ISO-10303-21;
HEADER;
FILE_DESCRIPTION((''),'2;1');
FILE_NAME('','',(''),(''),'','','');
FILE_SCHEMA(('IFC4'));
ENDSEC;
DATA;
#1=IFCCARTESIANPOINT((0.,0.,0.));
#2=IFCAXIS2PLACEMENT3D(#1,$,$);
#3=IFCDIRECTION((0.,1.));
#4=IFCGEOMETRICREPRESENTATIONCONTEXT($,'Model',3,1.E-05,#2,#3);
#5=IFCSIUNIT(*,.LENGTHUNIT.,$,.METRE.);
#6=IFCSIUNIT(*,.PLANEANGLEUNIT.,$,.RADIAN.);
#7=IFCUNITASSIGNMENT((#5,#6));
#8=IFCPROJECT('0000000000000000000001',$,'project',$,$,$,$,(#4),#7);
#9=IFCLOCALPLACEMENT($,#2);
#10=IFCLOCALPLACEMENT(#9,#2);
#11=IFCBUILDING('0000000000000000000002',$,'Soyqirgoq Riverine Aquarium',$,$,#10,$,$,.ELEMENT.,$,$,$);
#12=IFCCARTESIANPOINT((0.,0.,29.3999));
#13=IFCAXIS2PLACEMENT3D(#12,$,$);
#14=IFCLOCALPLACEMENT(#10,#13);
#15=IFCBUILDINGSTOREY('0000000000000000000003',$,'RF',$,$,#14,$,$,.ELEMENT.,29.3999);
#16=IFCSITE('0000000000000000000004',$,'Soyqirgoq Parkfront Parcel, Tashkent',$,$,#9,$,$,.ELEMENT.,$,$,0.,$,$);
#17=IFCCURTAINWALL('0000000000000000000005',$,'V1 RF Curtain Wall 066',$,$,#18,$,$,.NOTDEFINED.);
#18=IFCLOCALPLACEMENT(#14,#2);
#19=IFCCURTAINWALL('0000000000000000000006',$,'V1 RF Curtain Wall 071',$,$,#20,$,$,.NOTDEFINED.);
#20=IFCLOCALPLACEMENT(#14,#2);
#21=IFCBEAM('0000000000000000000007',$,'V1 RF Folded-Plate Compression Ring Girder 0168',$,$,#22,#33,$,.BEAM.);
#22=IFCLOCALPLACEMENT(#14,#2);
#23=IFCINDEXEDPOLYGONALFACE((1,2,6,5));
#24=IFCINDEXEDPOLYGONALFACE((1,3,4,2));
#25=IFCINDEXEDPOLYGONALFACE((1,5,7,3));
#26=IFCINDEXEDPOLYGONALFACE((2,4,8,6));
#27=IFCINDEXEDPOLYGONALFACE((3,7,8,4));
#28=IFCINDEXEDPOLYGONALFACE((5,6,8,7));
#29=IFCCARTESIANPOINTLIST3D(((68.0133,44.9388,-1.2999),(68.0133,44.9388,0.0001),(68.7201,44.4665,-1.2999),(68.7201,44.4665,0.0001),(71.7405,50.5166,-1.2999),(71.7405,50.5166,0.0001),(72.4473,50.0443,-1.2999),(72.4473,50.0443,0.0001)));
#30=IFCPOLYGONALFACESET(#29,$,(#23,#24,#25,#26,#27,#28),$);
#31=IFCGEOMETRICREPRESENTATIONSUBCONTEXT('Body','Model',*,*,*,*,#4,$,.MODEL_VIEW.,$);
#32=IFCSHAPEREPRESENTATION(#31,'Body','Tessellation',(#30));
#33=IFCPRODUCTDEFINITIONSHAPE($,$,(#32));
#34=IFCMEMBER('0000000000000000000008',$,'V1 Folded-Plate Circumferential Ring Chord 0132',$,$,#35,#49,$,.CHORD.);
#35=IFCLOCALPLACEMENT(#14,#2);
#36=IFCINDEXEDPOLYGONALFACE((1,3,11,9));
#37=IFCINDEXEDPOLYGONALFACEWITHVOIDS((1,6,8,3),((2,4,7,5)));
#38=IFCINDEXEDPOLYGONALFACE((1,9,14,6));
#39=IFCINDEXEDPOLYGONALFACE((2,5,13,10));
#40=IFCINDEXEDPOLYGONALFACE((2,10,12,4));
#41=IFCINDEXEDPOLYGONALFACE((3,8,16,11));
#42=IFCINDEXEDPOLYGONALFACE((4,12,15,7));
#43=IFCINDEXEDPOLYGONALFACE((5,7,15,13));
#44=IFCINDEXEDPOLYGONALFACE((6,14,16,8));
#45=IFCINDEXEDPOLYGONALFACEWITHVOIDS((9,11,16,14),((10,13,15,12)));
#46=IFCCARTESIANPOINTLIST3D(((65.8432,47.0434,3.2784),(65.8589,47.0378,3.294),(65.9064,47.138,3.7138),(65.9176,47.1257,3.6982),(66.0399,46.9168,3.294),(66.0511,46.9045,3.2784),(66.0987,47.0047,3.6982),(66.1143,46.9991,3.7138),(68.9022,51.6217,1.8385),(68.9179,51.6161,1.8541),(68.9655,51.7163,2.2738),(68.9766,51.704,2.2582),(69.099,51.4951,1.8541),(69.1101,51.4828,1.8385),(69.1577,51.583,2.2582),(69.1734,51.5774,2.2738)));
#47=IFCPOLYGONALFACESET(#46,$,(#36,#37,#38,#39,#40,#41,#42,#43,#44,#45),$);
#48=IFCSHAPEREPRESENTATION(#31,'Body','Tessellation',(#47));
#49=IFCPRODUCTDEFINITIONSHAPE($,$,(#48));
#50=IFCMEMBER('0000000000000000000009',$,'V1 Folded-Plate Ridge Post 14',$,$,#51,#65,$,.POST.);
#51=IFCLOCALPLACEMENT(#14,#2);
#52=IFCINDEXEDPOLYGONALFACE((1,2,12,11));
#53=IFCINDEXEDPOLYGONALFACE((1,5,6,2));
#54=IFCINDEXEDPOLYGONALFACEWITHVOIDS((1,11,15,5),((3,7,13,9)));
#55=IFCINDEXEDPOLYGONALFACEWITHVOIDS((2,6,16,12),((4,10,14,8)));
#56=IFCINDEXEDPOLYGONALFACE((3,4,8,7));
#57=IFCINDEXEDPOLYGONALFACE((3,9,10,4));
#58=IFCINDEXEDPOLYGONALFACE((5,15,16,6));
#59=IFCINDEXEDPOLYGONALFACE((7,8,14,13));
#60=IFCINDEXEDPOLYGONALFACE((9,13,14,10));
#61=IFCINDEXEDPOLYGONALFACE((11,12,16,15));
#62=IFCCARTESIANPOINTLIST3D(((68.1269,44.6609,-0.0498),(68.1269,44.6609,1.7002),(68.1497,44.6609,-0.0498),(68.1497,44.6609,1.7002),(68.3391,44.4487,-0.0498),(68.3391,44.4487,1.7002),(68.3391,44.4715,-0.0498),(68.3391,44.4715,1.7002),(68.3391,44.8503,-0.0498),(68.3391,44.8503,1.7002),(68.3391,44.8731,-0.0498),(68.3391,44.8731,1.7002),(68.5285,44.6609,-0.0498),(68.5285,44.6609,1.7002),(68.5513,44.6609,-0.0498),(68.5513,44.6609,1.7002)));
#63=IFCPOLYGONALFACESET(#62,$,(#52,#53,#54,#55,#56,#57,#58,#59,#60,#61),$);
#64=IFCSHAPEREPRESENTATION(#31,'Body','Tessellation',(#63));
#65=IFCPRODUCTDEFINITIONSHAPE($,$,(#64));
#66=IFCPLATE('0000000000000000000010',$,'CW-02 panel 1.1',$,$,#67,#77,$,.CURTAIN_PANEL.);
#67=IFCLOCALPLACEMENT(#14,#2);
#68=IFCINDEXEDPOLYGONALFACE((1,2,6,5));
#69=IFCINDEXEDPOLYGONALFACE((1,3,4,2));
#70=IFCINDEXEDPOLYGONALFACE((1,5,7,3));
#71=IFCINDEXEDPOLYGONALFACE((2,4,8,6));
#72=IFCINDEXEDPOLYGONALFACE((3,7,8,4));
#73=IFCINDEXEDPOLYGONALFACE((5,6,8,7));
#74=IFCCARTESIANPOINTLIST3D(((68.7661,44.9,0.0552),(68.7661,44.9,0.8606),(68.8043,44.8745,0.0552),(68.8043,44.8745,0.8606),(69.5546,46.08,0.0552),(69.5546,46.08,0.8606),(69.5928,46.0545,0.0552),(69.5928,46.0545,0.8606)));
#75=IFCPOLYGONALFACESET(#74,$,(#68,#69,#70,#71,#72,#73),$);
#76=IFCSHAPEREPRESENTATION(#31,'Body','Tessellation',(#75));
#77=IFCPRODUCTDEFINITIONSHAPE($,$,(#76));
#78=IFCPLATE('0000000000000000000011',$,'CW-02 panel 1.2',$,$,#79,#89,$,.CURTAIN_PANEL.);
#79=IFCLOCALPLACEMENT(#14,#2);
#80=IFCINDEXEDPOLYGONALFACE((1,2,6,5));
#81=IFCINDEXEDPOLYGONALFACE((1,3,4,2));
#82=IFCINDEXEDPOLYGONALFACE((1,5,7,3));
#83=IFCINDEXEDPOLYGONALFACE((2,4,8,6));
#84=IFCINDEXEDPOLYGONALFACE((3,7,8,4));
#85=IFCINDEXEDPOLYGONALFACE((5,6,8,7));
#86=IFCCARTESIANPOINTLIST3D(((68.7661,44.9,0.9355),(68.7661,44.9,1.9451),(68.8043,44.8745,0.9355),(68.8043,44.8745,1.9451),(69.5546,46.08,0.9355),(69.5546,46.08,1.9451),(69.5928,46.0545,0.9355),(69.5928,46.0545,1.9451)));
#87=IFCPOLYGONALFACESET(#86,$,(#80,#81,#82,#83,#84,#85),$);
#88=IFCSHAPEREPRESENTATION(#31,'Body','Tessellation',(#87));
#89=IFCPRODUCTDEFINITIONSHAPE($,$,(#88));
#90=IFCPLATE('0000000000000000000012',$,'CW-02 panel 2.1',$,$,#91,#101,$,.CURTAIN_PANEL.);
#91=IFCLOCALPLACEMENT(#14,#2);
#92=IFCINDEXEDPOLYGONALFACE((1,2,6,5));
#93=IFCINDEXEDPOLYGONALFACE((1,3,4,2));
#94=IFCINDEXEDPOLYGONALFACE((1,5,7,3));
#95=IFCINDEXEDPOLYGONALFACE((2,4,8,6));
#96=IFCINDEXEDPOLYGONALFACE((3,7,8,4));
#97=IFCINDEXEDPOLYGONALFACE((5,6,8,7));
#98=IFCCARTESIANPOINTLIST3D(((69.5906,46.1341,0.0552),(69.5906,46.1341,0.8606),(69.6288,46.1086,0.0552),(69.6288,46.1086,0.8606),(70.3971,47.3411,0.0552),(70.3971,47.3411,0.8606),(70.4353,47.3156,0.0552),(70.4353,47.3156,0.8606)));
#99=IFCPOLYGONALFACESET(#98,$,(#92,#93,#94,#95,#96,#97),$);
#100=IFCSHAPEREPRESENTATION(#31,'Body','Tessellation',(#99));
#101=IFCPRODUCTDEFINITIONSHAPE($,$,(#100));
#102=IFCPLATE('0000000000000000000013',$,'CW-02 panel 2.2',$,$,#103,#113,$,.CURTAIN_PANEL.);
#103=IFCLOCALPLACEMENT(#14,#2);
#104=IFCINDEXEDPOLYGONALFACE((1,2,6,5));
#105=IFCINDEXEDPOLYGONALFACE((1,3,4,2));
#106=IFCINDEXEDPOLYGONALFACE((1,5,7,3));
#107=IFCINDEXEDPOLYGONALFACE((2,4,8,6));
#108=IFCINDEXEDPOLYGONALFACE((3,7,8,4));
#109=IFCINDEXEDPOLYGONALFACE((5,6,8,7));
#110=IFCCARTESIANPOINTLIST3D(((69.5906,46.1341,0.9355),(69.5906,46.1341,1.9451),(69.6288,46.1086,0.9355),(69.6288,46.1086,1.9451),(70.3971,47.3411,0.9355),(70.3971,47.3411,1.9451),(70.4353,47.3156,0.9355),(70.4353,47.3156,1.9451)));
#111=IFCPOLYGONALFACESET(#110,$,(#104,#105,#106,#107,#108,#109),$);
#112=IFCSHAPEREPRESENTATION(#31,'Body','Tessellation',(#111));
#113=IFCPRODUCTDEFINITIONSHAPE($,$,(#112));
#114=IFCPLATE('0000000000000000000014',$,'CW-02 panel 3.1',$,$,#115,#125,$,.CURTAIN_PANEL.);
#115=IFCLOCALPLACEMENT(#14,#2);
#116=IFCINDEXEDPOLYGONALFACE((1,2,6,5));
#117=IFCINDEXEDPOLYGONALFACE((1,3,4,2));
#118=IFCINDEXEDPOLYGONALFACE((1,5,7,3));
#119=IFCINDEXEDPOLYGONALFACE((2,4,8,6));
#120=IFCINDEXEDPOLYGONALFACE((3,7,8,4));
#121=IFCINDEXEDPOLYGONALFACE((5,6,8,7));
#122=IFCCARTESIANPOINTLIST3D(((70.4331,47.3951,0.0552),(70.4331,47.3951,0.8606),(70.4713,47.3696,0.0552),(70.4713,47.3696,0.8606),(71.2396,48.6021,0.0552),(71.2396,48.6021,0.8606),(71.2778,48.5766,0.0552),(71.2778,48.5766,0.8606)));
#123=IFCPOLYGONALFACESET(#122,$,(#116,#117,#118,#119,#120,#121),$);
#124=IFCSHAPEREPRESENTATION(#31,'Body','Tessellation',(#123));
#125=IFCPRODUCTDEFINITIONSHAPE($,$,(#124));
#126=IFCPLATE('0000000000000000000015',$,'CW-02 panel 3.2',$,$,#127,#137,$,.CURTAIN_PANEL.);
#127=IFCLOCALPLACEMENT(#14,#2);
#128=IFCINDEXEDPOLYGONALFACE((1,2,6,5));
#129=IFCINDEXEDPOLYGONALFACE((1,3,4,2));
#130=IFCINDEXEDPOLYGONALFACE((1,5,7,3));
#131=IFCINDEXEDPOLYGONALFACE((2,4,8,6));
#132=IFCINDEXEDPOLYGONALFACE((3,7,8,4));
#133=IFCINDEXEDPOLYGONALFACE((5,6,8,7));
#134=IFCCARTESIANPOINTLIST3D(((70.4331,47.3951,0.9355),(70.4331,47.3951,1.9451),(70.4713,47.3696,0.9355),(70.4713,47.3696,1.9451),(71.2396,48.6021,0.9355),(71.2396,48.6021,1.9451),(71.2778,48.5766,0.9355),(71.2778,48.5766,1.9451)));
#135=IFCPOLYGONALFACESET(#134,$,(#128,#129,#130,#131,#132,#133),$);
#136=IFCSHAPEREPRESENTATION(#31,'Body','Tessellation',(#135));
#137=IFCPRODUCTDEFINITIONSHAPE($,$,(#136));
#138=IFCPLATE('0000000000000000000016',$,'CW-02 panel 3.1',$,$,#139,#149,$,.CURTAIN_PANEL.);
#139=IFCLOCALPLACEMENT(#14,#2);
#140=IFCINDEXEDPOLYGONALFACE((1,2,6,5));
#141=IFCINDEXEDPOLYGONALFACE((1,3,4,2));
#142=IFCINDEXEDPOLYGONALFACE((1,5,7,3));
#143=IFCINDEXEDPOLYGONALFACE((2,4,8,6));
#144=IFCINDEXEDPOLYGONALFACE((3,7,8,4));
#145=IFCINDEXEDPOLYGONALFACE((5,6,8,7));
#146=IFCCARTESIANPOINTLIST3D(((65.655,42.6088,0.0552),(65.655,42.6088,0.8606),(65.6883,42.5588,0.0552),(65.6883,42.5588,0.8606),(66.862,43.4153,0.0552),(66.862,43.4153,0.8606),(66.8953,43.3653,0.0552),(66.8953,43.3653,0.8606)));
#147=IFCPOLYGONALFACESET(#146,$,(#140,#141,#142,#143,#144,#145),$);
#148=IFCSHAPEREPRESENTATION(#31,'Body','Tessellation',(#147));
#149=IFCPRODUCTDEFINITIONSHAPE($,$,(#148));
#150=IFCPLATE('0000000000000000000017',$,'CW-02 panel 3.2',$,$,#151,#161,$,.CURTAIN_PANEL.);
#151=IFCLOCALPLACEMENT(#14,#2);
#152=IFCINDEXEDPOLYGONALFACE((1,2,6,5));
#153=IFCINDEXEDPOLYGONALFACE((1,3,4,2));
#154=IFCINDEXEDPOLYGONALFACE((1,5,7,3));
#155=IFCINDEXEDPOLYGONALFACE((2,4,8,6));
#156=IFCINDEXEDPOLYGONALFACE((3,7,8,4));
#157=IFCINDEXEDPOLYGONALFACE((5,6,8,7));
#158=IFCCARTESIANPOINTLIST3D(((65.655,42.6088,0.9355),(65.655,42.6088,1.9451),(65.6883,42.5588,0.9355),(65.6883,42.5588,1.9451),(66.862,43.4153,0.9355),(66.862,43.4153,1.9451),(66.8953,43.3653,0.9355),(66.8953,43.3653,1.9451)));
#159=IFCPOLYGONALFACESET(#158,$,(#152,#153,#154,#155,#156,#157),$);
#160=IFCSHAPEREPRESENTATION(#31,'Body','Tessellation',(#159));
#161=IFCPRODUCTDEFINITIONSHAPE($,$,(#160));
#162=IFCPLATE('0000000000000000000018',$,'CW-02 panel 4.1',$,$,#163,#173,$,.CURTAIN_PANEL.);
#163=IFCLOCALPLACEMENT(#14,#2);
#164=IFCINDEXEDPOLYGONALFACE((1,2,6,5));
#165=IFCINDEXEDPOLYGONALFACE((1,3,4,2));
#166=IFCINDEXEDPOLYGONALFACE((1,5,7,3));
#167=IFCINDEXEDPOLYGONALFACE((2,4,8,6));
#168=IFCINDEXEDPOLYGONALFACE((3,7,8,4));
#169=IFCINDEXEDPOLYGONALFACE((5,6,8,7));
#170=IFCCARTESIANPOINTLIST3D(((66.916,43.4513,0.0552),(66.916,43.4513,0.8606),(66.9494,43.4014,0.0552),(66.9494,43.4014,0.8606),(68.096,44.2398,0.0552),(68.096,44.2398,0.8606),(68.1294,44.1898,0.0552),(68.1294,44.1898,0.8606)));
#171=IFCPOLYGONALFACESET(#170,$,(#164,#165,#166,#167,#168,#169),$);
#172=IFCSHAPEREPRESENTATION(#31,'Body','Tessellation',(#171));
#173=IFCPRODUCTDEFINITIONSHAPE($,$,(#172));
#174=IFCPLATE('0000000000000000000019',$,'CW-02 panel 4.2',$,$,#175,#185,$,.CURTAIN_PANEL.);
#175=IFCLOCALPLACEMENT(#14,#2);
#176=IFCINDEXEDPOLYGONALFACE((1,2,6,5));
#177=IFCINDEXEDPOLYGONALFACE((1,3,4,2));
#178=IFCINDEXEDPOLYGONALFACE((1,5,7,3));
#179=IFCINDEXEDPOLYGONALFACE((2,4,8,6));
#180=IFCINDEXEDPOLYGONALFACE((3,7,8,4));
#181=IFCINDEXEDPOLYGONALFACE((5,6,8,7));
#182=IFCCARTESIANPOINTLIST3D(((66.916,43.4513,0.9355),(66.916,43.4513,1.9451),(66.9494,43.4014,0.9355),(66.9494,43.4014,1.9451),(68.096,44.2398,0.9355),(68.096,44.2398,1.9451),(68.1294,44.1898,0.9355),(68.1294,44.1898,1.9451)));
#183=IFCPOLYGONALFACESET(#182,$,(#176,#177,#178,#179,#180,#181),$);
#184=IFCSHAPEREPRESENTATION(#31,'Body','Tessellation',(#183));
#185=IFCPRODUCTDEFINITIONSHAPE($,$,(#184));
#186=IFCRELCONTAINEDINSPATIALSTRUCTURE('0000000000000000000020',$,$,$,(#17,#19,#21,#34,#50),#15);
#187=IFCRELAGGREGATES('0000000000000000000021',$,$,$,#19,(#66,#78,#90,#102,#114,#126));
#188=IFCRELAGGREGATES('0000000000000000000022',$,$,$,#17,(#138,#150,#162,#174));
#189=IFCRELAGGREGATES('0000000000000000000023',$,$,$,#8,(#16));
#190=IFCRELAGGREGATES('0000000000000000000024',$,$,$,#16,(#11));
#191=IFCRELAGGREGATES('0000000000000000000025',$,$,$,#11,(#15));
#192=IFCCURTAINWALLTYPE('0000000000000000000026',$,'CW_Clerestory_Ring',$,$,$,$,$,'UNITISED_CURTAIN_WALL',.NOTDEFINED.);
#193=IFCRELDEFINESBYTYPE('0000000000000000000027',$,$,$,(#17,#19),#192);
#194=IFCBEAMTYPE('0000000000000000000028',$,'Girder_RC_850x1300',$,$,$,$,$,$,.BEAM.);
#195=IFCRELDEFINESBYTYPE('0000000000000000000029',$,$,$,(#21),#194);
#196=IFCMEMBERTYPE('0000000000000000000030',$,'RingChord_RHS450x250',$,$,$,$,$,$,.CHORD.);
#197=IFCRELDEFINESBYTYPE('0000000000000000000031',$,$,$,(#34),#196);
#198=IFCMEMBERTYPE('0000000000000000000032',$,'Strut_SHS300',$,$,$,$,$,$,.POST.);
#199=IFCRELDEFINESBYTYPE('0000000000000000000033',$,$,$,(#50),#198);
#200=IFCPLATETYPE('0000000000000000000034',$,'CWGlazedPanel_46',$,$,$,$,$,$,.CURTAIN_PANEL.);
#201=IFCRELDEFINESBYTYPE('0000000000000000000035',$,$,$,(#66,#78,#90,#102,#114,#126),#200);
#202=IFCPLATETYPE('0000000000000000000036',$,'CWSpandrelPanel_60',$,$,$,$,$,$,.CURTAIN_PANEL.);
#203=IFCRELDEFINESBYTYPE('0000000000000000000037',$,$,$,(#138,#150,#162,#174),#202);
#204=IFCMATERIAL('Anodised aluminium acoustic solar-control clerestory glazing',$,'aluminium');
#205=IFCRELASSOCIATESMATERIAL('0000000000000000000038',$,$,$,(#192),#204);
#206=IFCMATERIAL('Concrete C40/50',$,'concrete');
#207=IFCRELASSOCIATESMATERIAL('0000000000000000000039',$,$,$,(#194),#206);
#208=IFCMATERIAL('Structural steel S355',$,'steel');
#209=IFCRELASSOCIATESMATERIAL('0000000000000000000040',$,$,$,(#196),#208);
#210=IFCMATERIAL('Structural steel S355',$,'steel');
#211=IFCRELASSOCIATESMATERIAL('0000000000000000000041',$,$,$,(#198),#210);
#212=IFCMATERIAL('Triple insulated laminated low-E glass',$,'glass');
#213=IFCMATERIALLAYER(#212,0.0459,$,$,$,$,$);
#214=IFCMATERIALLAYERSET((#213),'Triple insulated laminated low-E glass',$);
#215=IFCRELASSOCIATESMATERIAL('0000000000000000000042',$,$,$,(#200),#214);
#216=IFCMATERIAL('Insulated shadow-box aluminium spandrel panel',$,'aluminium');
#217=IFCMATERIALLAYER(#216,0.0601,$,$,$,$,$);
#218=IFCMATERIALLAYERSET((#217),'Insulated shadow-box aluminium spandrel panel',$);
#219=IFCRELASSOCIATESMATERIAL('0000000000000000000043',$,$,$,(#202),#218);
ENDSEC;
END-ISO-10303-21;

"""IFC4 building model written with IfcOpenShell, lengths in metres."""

from ifc_helpers import new_model, si_unit, direction, frame, origin, origin_2d, place, context, subcontext, project, spatial, rectangle, hollow_rectangle, extrude, material, layer, layer_set, material_profile, profile_set, type_object, element, aggregate, save


model = new_model("IFC4")

# Units and contexts
model_context = context("Model", 3, precision=1e-05, world=origin(), true_north=direction((0.0, 1.0)))
body_context = subcontext(model_context, "Body", "Model", "MODEL_VIEW")
ifc_project = project(units=[si_unit("LENGTHUNIT", "METRE"), si_unit("PLANEANGLEUNIT", "RADIAN")], contexts=[model_context])

# Site, building, storey
site_placement = place(None, origin())
site = spatial("IfcSite", under=ifc_project, at=site_placement, Name="Soyqirgoq Parkfront Parcel, Tashkent", CompositionType="ELEMENT", RefElevation=0.0)
building_placement = place(site_placement, origin())
building = spatial("IfcBuilding", under=site, at=building_placement, Name="Soyqirgoq Riverine Aquarium", CompositionType="ELEMENT")
storey_placement = place(building_placement, frame((0.0, 0.0, 29.3999)))
storey = spatial("IfcBuildingStorey", under=building, at=storey_placement, Name="RF", CompositionType="ELEMENT", Elevation=29.3999)

# Curtain walls
ifc_material_1 = material(Name="Anodised aluminium acoustic solar-control clerestory glazing", Category="aluminium")
curtain_wall_type = type_object("IfcCurtainWallType", Name="CW_Clerestory_Ring", ElementType="UNITISED_CURTAIN_WALL", PredefinedType="NOTDEFINED", material=ifc_material_1)
curtain_wall_1_placement = place(storey_placement, origin())
curtain_wall_1 = element("IfcCurtainWall", 1, at=curtain_wall_1_placement, inside=storey, type_object=curtain_wall_type, Name="V1 RF Curtain Wall 066", PredefinedType="NOTDEFINED")
curtain_wall_2_placement = place(storey_placement, origin())
curtain_wall_2 = element("IfcCurtainWall", 2, at=curtain_wall_2_placement, inside=storey, type_object=curtain_wall_type, Name="V1 RF Curtain Wall 071", PredefinedType="NOTDEFINED")

# Beam
ifc_material_2 = material(Name="Concrete C40/50", Category="concrete")
ifc_material_profile_1 = material_profile(ifc_material_2, rectangle(XDim=0.8501, YDim=1.3, at=origin_2d()), Name="RC 850x1300")
ifc_profile_set_1 = profile_set([ifc_material_profile_1], Name="Concrete C40/50")
beam_type = type_object("IfcBeamType", Name="Girder_RC_850x1300", PredefinedType="BEAM", material=ifc_profile_set_1)
beam_placement = place(storey_placement, frame((68.3667, 44.7026, -0.6499), z_axis=(0.555598, 0.831451, 0.0), x_axis=(-0.831451, 0.555598, 0.0)))
element("IfcBeam", 3, at=beam_placement, inside=storey, type_object=beam_type, Name="V1 RF Folded-Plate Compression Ring Girder 0168", PredefinedType="BEAM", context=body_context, shape_type="SweptSolid", body=[
    extrude(rectangle(XDim=0.8501, YDim=1.3, at=origin_2d()), origin(), (0.0, 0.0, 1.0), 6.7085),
])

# Members
ifc_material_3 = material(Name="Structural steel S355", Category="steel")
ifc_material_profile_2 = material_profile(ifc_material_3, hollow_rectangle(XDim=0.25, YDim=0.45, WallThickness=0.0161, at=origin_2d()), Name="RHS 450x250x16")
ifc_profile_set_2 = profile_set([ifc_material_profile_2], Name="Structural steel S355")
member_type_1 = type_object("IfcMemberType", Name="RingChord_RHS450x250", PredefinedType="CHORD", material=ifc_profile_set_2)
member_1_placement = place(storey_placement, frame((65.9788, 47.0212, 3.4961), z_axis=(0.537485, 0.804426, -0.253), x_axis=(-0.831477, 0.555559, 0.0)))
element("IfcMember", 4, at=member_1_placement, inside=storey, type_object=member_type_1, Name="V1 Folded-Plate Circumferential Ring Chord 0132", PredefinedType="CHORD", context=body_context, shape_type="SweptSolid", body=[
    extrude(hollow_rectangle(XDim=0.25, YDim=0.45, WallThickness=0.0161, at=origin_2d()), origin(), (0.0, 0.0, 1.0), 5.6914),
])
ifc_material_4 = material(Name="Structural steel S355", Category="steel")
ifc_material_profile_3 = material_profile(ifc_material_4, hollow_rectangle(XDim=0.3, YDim=0.3, WallThickness=0.0161, at=origin_2d()), Name="SHS 300x300x16")
ifc_profile_set_3 = profile_set([ifc_material_profile_3], Name="Structural steel S355")
member_type_2 = type_object("IfcMemberType", Name="Strut_SHS300", PredefinedType="POST", material=ifc_profile_set_3)
member_2_placement = place(storey_placement, frame((68.3391, 44.6609, -0.0498), z_axis=(0.0, 0.0, 1.0), x_axis=(0.707107, -0.707107, 0.0)))
element("IfcMember", 5, at=member_2_placement, inside=storey, type_object=member_type_2, Name="V1 Folded-Plate Ridge Post 14", PredefinedType="POST", context=body_context, shape_type="SweptSolid", body=[
    extrude(hollow_rectangle(XDim=0.3, YDim=0.3, WallThickness=0.0161, at=origin_2d()), origin(), (0.0, 0.0, 1.0), 1.75),
])

# Plates
ifc_material_5 = material(Name="Triple insulated laminated low-E glass", Category="glass")
ifc_layer_1 = layer(ifc_material_5, 0.0459)
ifc_layer_set_1 = layer_set([ifc_layer_1], Name="Triple insulated laminated low-E glass")
plate_type_1 = type_object("IfcPlateType", Name="CWGlazedPanel_46", PredefinedType="CURTAIN_PANEL", material=ifc_layer_set_1)
plate_1_placement = place(storey_placement, frame((69.1794, 45.4773, 0.0552), z_axis=(0.0, 0.0, 1.0), x_axis=(0.555579, 0.831464, 0.0)))
plate_1 = element("IfcPlate", 6, at=plate_1_placement, type_object=plate_type_1, Name="CW-02 panel 1.1", PredefinedType="CURTAIN_PANEL", context=body_context, shape_type="SweptSolid", body=[
    extrude(rectangle(XDim=1.4192, YDim=0.0459, at=origin_2d()), origin(), (0.0, 0.0, 1.0), 0.8054),
])
plate_2_placement = place(storey_placement, frame((69.1794, 45.4773, 0.9355), z_axis=(0.0, 0.0, 1.0), x_axis=(0.555579, 0.831464, 0.0)))
plate_2 = element("IfcPlate", 7, at=plate_2_placement, type_object=plate_type_1, Name="CW-02 panel 1.2", PredefinedType="CURTAIN_PANEL", context=body_context, shape_type="SweptSolid", body=[
    extrude(rectangle(XDim=1.4192, YDim=0.0459, at=origin_2d()), origin(), (0.0, 0.0, 1.0), 1.0095),
])
plate_3_placement = place(storey_placement, frame((70.0129, 46.7249, 0.0552), z_axis=(0.0, 0.0, 1.0), x_axis=(0.555579, 0.831464, 0.0)))
plate_3 = element("IfcPlate", 8, at=plate_3_placement, type_object=plate_type_1, Name="CW-02 panel 2.1", PredefinedType="CURTAIN_PANEL", context=body_context, shape_type="SweptSolid", body=[
    extrude(rectangle(XDim=1.4517, YDim=0.0459, at=origin_2d()), origin(), (0.0, 0.0, 1.0), 0.8054),
])
plate_4_placement = place(storey_placement, frame((70.0129, 46.7249, 0.9355), z_axis=(0.0, 0.0, 1.0), x_axis=(0.555579, 0.831464, 0.0)))
plate_4 = element("IfcPlate", 9, at=plate_4_placement, type_object=plate_type_1, Name="CW-02 panel 2.2", PredefinedType="CURTAIN_PANEL", context=body_context, shape_type="SweptSolid", body=[
    extrude(rectangle(XDim=1.4517, YDim=0.0459, at=origin_2d()), origin(), (0.0, 0.0, 1.0), 1.0095),
])
plate_5_placement = place(storey_placement, frame((70.8555, 47.9858, 0.0552), z_axis=(0.0, 0.0, 1.0), x_axis=(0.555579, 0.831464, 0.0)))
plate_5 = element("IfcPlate", 10, at=plate_5_placement, type_object=plate_type_1, Name="CW-02 panel 3.1", PredefinedType="CURTAIN_PANEL", context=body_context, shape_type="SweptSolid", body=[
    extrude(rectangle(XDim=1.4517, YDim=0.0459, at=origin_2d()), origin(), (0.0, 0.0, 1.0), 0.8054),
])
plate_6_placement = place(storey_placement, frame((70.8555, 47.9858, 0.9355), z_axis=(0.0, 0.0, 1.0), x_axis=(0.555579, 0.831464, 0.0)))
plate_6 = element("IfcPlate", 11, at=plate_6_placement, type_object=plate_type_1, Name="CW-02 panel 3.2", PredefinedType="CURTAIN_PANEL", context=body_context, shape_type="SweptSolid", body=[
    extrude(rectangle(XDim=1.4517, YDim=0.0459, at=origin_2d()), origin(), (0.0, 0.0, 1.0), 1.0095),
])
aggregate(curtain_wall_2, [plate_1, plate_2, plate_3, plate_4, plate_5, plate_6])
ifc_material_6 = material(Name="Insulated shadow-box aluminium spandrel panel", Category="aluminium")
ifc_layer_2 = layer(ifc_material_6, 0.0601)
ifc_layer_set_2 = layer_set([ifc_layer_2], Name="Insulated shadow-box aluminium spandrel panel")
plate_type_2 = type_object("IfcPlateType", Name="CWSpandrelPanel_60", PredefinedType="CURTAIN_PANEL", material=ifc_layer_set_2)
plate_7_placement = place(storey_placement, frame((66.2751, 42.9871, 0.0552), z_axis=(0.0, 0.0, 1.0), x_axis=(0.831464, 0.555579, 0.0)))
plate_7 = element("IfcPlate", 12, at=plate_7_placement, type_object=plate_type_2, Name="CW-02 panel 3.1", PredefinedType="CURTAIN_PANEL", context=body_context, shape_type="SweptSolid", body=[
    extrude(rectangle(XDim=1.4517, YDim=0.0601, at=origin_2d()), origin(), (0.0, 0.0, 1.0), 0.8054),
])
plate_8_placement = place(storey_placement, frame((66.2751, 42.9871, 0.9355), z_axis=(0.0, 0.0, 1.0), x_axis=(0.831464, 0.555579, 0.0)))
plate_8 = element("IfcPlate", 13, at=plate_8_placement, type_object=plate_type_2, Name="CW-02 panel 3.2", PredefinedType="CURTAIN_PANEL", context=body_context, shape_type="SweptSolid", body=[
    extrude(rectangle(XDim=1.4517, YDim=0.0601, at=origin_2d()), origin(), (0.0, 0.0, 1.0), 1.0095),
])
plate_9_placement = place(storey_placement, frame((67.5227, 43.8206, 0.0552), z_axis=(0.0, 0.0, 1.0), x_axis=(0.831464, 0.555579, 0.0)))
plate_9 = element("IfcPlate", 14, at=plate_9_placement, type_object=plate_type_2, Name="CW-02 panel 4.1", PredefinedType="CURTAIN_PANEL", context=body_context, shape_type="SweptSolid", body=[
    extrude(rectangle(XDim=1.4192, YDim=0.0601, at=origin_2d()), origin(), (0.0, 0.0, 1.0), 0.8054),
])
plate_10_placement = place(storey_placement, frame((67.5227, 43.8206, 0.9355), z_axis=(0.0, 0.0, 1.0), x_axis=(0.831464, 0.555579, 0.0)))
plate_10 = element("IfcPlate", 15, at=plate_10_placement, type_object=plate_type_2, Name="CW-02 panel 4.2", PredefinedType="CURTAIN_PANEL", context=body_context, shape_type="SweptSolid", body=[
    extrude(rectangle(XDim=1.4192, YDim=0.0601, at=origin_2d()), origin(), (0.0, 0.0, 1.0), 1.0095),
])
aggregate(curtain_wall_1, [plate_7, plate_8, plate_9, plate_10])

save(model, "model.ifc")
